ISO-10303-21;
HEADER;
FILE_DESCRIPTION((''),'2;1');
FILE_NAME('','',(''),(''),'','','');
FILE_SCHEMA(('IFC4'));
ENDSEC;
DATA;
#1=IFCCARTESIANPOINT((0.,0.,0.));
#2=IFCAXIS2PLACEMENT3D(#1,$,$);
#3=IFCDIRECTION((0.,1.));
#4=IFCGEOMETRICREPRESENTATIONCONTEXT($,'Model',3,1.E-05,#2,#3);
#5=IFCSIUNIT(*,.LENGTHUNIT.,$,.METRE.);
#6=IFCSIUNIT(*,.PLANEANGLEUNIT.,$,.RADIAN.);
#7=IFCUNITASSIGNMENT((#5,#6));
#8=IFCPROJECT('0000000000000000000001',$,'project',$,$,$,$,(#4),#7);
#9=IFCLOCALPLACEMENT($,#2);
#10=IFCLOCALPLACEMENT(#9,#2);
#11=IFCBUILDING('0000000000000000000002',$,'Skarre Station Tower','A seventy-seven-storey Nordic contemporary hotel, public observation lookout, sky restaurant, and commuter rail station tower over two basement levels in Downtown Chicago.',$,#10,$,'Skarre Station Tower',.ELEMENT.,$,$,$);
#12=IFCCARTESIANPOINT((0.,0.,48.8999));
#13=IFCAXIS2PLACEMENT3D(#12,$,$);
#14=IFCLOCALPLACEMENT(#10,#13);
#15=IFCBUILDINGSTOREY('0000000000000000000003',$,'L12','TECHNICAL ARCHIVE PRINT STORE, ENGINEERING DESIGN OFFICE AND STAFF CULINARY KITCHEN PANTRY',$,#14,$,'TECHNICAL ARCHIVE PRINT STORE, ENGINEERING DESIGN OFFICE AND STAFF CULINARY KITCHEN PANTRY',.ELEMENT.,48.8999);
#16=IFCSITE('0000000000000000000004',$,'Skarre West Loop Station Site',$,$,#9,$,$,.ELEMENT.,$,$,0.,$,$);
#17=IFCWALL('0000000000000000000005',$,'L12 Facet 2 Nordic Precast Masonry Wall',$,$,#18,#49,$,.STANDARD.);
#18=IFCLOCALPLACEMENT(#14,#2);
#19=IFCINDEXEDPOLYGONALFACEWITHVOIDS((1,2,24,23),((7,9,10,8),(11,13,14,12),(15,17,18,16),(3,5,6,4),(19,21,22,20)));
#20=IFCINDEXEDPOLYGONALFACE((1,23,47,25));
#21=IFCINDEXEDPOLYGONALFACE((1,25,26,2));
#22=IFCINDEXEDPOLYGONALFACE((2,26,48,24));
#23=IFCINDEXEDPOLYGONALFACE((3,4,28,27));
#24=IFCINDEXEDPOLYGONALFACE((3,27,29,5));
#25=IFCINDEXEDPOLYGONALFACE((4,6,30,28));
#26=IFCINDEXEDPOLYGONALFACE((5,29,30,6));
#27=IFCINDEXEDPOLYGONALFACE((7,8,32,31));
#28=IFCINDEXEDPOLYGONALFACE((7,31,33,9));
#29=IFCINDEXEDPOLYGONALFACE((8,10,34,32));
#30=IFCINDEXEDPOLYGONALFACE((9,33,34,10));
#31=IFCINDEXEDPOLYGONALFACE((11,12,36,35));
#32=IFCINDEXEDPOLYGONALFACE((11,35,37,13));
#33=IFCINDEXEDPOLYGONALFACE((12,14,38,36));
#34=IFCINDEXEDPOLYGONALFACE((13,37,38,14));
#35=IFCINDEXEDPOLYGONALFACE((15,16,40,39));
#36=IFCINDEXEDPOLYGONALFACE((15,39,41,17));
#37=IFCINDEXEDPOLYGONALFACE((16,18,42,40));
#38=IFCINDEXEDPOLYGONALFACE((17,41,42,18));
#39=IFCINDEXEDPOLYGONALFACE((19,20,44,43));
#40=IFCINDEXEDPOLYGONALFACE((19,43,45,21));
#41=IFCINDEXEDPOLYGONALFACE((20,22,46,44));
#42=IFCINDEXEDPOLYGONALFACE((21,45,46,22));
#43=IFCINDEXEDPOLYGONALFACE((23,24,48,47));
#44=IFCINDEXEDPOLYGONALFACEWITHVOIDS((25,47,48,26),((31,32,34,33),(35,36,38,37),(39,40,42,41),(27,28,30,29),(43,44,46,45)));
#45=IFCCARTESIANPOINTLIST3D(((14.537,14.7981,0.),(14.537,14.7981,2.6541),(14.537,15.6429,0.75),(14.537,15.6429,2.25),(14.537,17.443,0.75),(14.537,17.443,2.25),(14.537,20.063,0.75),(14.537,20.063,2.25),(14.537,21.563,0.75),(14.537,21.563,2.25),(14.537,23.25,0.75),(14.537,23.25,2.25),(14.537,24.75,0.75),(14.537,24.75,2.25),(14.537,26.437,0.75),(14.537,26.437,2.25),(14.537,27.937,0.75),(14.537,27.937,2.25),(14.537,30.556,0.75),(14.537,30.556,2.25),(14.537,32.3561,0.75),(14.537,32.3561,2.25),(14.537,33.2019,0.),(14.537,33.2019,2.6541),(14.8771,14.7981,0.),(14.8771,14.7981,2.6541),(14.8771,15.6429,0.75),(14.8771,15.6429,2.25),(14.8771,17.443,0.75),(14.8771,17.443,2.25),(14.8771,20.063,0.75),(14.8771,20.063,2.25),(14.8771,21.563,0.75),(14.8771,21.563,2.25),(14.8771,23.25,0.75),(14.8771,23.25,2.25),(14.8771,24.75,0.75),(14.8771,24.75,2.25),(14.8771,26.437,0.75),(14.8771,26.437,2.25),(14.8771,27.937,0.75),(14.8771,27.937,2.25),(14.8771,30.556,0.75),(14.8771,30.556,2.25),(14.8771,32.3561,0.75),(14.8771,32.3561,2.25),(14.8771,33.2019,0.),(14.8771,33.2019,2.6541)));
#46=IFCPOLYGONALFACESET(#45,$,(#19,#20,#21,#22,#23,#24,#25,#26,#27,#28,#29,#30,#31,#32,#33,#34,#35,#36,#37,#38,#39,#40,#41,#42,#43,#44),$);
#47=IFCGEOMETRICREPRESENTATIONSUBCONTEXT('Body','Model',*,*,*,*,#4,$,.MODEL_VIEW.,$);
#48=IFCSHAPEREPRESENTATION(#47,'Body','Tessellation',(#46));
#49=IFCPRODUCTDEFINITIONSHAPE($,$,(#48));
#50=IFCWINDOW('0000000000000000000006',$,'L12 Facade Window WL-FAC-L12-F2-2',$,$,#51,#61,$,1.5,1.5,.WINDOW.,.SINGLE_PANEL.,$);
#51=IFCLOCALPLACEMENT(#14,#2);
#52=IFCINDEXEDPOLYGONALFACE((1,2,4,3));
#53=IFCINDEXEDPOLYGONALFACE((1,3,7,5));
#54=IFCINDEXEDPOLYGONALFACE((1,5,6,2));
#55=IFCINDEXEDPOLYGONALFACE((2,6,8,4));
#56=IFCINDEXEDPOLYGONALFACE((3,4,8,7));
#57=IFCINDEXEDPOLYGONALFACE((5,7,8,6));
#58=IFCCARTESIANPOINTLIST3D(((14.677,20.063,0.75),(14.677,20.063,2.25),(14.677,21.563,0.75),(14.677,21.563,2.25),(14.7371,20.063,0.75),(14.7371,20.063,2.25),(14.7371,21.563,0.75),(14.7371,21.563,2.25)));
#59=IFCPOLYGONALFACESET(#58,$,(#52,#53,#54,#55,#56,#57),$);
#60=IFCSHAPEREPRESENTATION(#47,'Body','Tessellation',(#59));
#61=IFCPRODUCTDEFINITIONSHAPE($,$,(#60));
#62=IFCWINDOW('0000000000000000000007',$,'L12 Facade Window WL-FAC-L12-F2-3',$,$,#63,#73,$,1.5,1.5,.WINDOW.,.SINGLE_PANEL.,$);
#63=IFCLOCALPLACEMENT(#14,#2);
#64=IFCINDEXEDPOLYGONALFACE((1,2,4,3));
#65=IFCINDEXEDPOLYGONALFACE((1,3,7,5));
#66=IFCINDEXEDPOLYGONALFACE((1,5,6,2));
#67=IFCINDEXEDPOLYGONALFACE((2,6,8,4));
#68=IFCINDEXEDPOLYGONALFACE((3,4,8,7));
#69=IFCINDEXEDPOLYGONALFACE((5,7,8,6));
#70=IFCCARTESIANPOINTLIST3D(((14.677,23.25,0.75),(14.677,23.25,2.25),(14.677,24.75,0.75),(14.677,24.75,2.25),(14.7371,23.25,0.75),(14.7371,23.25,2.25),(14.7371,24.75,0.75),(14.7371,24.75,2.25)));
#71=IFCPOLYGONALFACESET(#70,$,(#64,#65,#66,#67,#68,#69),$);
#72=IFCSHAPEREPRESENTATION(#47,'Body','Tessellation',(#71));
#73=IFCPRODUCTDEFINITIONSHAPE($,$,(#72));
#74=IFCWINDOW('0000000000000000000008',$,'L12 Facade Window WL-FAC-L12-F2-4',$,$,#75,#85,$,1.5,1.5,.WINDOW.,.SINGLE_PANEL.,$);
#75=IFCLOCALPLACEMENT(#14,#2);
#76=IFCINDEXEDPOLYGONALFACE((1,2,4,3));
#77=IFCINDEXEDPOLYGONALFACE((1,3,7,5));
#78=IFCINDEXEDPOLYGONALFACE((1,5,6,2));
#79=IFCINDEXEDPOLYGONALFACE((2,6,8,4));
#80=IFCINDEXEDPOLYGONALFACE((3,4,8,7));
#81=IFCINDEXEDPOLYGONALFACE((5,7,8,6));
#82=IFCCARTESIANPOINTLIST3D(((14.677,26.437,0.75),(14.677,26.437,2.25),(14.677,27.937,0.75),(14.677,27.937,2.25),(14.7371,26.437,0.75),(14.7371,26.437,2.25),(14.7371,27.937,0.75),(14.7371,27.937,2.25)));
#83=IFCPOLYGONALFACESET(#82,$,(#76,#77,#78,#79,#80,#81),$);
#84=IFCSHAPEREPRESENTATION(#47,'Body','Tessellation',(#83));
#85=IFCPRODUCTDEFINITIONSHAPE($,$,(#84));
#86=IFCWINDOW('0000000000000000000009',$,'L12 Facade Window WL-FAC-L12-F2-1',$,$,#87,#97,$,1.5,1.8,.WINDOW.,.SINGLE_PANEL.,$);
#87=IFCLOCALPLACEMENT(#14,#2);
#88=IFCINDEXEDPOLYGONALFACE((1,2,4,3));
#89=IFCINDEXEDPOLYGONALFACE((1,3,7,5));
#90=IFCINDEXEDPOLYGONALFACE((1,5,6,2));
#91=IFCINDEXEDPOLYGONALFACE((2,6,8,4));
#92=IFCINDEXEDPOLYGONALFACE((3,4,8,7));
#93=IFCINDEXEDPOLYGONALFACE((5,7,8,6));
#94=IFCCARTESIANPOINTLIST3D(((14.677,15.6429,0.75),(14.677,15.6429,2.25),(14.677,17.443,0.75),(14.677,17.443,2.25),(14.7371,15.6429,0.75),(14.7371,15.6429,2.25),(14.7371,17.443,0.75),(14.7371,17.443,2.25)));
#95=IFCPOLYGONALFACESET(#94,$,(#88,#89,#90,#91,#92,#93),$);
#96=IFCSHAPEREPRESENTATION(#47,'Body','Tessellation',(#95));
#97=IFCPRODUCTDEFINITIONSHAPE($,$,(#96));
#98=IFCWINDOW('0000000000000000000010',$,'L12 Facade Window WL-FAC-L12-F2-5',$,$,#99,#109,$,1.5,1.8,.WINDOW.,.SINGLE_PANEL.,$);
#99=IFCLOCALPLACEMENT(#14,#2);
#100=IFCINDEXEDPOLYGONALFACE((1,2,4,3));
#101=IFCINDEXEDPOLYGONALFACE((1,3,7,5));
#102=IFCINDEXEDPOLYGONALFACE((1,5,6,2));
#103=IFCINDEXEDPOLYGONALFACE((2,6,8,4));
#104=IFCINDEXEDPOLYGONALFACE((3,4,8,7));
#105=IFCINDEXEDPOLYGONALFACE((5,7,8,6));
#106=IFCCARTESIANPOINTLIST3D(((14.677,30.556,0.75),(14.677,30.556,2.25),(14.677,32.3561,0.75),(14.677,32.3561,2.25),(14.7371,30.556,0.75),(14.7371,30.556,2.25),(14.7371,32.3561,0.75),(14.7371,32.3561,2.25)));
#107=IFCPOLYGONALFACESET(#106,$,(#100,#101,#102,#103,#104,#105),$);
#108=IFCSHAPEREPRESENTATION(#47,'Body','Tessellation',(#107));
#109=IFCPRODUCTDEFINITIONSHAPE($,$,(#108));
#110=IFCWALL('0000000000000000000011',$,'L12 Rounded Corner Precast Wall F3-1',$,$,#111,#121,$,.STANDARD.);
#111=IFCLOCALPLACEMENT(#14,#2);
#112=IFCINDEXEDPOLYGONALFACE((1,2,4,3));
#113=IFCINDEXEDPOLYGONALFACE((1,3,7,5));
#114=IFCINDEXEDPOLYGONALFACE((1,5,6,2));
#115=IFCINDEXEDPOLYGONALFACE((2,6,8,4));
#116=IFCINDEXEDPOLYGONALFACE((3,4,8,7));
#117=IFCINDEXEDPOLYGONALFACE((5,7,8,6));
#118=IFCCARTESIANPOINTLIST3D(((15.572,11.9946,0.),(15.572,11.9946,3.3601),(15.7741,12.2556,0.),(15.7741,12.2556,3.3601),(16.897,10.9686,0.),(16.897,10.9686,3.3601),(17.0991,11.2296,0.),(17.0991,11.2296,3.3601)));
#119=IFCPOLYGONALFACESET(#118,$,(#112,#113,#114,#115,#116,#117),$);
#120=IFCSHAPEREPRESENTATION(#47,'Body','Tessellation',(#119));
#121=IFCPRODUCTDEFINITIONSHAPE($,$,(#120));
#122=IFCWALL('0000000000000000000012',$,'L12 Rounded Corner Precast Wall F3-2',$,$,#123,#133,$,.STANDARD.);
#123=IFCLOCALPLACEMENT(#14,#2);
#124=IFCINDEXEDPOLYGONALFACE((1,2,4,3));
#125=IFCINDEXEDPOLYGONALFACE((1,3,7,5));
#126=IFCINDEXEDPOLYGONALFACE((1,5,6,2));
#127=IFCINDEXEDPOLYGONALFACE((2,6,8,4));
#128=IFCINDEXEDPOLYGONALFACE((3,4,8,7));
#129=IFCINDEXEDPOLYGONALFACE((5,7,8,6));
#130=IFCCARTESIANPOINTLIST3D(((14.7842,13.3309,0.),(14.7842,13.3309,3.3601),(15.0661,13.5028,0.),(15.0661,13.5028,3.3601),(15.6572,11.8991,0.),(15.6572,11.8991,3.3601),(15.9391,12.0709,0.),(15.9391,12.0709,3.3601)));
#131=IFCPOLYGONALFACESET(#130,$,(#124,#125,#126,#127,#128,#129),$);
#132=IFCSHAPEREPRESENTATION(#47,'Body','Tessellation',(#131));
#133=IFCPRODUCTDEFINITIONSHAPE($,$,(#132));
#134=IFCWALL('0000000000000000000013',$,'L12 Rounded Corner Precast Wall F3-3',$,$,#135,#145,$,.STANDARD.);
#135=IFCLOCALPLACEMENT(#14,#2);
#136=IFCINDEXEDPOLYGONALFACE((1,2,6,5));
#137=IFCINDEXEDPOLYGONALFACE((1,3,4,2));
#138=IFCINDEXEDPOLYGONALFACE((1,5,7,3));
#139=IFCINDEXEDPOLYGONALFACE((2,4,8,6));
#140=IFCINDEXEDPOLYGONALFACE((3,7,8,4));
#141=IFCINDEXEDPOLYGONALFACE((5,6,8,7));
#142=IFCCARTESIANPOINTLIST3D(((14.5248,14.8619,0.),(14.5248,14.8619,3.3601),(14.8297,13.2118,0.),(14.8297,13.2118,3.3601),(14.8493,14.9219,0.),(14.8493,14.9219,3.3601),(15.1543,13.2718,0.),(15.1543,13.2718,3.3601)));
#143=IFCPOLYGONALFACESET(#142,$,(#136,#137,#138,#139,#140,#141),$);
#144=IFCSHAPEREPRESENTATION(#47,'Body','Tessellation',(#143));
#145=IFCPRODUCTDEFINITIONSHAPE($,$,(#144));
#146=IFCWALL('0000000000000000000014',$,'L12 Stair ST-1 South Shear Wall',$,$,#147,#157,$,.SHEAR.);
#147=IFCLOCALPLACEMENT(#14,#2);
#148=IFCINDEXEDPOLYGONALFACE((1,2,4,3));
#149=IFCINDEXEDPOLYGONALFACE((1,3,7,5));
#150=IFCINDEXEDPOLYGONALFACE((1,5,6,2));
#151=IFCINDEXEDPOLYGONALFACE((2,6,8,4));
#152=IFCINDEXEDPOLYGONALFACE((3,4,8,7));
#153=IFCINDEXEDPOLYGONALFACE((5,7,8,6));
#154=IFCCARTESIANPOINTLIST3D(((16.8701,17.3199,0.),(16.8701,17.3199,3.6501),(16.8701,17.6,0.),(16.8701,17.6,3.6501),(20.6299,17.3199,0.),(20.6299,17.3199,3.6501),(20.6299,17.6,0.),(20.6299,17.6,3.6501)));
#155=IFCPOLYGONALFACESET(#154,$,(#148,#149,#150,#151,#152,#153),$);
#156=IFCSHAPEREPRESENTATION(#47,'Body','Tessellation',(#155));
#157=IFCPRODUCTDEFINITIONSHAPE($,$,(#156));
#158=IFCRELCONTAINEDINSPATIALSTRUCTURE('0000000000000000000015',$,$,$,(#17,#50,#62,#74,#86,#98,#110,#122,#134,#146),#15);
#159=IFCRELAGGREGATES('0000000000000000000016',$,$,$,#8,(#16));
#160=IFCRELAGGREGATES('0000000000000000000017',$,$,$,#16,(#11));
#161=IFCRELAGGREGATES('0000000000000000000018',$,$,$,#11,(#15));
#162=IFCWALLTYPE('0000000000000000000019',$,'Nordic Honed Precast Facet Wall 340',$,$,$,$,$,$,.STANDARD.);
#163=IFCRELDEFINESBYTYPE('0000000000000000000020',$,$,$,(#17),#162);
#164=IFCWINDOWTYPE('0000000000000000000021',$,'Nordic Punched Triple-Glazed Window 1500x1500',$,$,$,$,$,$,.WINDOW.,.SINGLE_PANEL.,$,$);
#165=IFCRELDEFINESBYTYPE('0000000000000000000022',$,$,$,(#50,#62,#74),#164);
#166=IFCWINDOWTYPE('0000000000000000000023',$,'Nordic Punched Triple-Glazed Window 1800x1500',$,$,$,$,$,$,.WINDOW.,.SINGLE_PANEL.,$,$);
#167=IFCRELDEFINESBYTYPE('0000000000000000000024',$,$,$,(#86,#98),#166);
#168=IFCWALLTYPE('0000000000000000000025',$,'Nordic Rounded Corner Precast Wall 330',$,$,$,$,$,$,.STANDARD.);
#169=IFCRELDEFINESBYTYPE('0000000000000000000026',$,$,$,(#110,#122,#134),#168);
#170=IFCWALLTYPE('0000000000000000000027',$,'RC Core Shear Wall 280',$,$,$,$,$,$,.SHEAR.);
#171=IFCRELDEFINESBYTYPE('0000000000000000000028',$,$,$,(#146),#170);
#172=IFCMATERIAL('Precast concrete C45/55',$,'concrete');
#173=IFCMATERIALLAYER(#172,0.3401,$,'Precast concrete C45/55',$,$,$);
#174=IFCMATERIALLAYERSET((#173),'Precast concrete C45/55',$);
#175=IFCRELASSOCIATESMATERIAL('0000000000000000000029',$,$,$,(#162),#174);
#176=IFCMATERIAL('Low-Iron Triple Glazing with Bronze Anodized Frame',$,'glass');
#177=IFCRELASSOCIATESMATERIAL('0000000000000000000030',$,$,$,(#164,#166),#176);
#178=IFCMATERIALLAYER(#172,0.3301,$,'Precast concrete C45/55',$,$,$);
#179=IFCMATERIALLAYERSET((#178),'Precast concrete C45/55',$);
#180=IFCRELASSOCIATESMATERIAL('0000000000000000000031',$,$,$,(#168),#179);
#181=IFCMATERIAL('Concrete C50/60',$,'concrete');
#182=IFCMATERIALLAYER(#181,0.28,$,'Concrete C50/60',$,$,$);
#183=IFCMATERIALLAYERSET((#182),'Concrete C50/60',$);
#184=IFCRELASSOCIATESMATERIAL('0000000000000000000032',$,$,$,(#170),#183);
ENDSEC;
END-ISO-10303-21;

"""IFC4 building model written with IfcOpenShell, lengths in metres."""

from ifc_helpers import new_model, si_unit, direction, frame, frame_2d, origin, place, context, subcontext, project, spatial, rectangle, extrude, material, layer, layer_set, type_object, element, fill, save


model = new_model("IFC4")

# Units and contexts
model_context = context("Model", 3, precision=1e-05, world=origin(), true_north=direction((0.0, 1.0)))
body_context = subcontext(model_context, "Body", "Model", "MODEL_VIEW")
ifc_project = project(units=[si_unit("LENGTHUNIT", "METRE"), si_unit("PLANEANGLEUNIT", "RADIAN")], contexts=[model_context])

# Site, building, storey
site_placement = place(None, origin())
site = spatial("IfcSite", under=ifc_project, at=site_placement, Name="Skarre West Loop Station Site", CompositionType="ELEMENT", RefElevation=0.0)
building_placement = place(site_placement, origin())
building = spatial("IfcBuilding", under=site, at=building_placement, Name="Skarre Station Tower", Description="A seventy-seven-storey Nordic contemporary hotel, public observation lookout, sky restaurant, and commuter rail station tower over two basement levels in Downtown Chicago.", LongName="Skarre Station Tower", CompositionType="ELEMENT")
storey_placement = place(building_placement, frame((0.0, 0.0, 48.8999)))
storey = spatial("IfcBuildingStorey", under=building, at=storey_placement, Name="L12", Description="TECHNICAL ARCHIVE PRINT STORE, ENGINEERING DESIGN OFFICE AND STAFF CULINARY KITCHEN PANTRY", LongName="TECHNICAL ARCHIVE PRINT STORE, ENGINEERING DESIGN OFFICE AND STAFF CULINARY KITCHEN PANTRY", CompositionType="ELEMENT", Elevation=48.8999)

# Shared definitions
ifc_material_1 = material(Name="Concrete C50/60", Category="concrete")

# Wall, openings, windows
ifc_material_2 = material(Name="Precast concrete C45/55", Category="concrete")
ifc_layer_1 = layer(ifc_material_2, 0.3401, Name="Precast concrete C45/55")
ifc_layer_set_1 = layer_set([ifc_layer_1], Name="Precast concrete C45/55")
wall_type_1 = type_object("IfcWallType", Name="Nordic Honed Precast Facet Wall 340", PredefinedType="STANDARD", material=ifc_layer_set_1)
wall_1_placement = place(storey_placement, frame((14.707, 14.7981, 0.0), z_axis=(0.0, 0.0, 1.0), x_axis=(0.0, 1.0, 0.0)))
wall_1 = element("IfcWall", 1, at=wall_1_placement, inside=storey, type_object=wall_type_1, Name="L12 Facet 2 Nordic Precast Masonry Wall", PredefinedType="STANDARD", context=body_context, shape_type="SweptSolid", body=[
    extrude(rectangle(XDim=18.4038, YDim=0.3401, at=frame_2d((9.2019, 0.0))), origin(), (0.0, 0.0, 1.0), 2.6541),
])
opening_1_placement = place(wall_1_placement, frame((0.845, 0.0, 0.75)))
opening_1 = element("IfcOpeningElement", 2, at=opening_1_placement, cuts=wall_1, PredefinedType="OPENING", context=body_context, shape_type="SweptSolid", body=[
    extrude(rectangle(XDim=1.8, YDim=1.5, at=frame_2d((0.8999, 0.75))), frame((0.0, 0.1799, 0.0), z_axis=(0.0, -1.0, 0.0), x_axis=(1.0, 0.0, 0.0)), (0.0, 0.0, 1.0), 0.3601),
])
opening_2_placement = place(wall_1_placement, frame((5.2649, 0.0, 0.75)))
opening_2 = element("IfcOpeningElement", 3, at=opening_2_placement, cuts=wall_1, PredefinedType="OPENING", context=body_context, shape_type="SweptSolid", body=[
    extrude(rectangle(XDim=1.5, YDim=1.5, at=frame_2d((0.75, 0.75))), frame((0.0, 0.1799, 0.0), z_axis=(0.0, -1.0, 0.0), x_axis=(1.0, 0.0, 0.0)), (0.0, 0.0, 1.0), 0.3601),
])
opening_3_placement = place(wall_1_placement, frame((8.4519, 0.0, 0.75)))
opening_3 = element("IfcOpeningElement", 4, at=opening_3_placement, cuts=wall_1, PredefinedType="OPENING", context=body_context, shape_type="SweptSolid", body=[
    extrude(rectangle(XDim=1.5, YDim=1.5, at=frame_2d((0.75, 0.75))), frame((0.0, 0.1799, 0.0), z_axis=(0.0, -1.0, 0.0), x_axis=(1.0, 0.0, 0.0)), (0.0, 0.0, 1.0), 0.3601),
])
opening_4_placement = place(wall_1_placement, frame((11.6389, 0.0, 0.75)))
opening_4 = element("IfcOpeningElement", 5, at=opening_4_placement, cuts=wall_1, PredefinedType="OPENING", context=body_context, shape_type="SweptSolid", body=[
    extrude(rectangle(XDim=1.5, YDim=1.5, at=frame_2d((0.75, 0.75))), frame((0.0, 0.1799, 0.0), z_axis=(0.0, -1.0, 0.0), x_axis=(1.0, 0.0, 0.0)), (0.0, 0.0, 1.0), 0.3601),
])
opening_5_placement = place(wall_1_placement, frame((15.7581, 0.0, 0.75)))
opening_5 = element("IfcOpeningElement", 6, at=opening_5_placement, cuts=wall_1, PredefinedType="OPENING", context=body_context, shape_type="SweptSolid", body=[
    extrude(rectangle(XDim=1.8, YDim=1.5, at=frame_2d((0.8999, 0.75))), frame((0.0, 0.1799, 0.0), z_axis=(0.0, -1.0, 0.0), x_axis=(1.0, 0.0, 0.0)), (0.0, 0.0, 1.0), 0.3601),
])
ifc_material_3 = material(Name="Low-Iron Triple Glazing with Bronze Anodized Frame", Category="glass")
window_type_1 = type_object("IfcWindowType", Name="Nordic Punched Triple-Glazed Window 1500x1500", PartitioningType="SINGLE_PANEL", PredefinedType="WINDOW", material=ifc_material_3)
window_1_placement = place(opening_2_placement, origin())
window_1 = element("IfcWindow", 7, at=window_1_placement, inside=storey, type_object=window_type_1, Name="L12 Facade Window WL-FAC-L12-F2-2", OverallHeight=1.5, OverallWidth=1.5, PartitioningType="SINGLE_PANEL", PredefinedType="WINDOW", context=body_context, shape_type="SweptSolid", body=[
    extrude(rectangle(XDim=1.5, YDim=1.5, at=frame_2d((0.75, 0.75))), frame((0.0, 0.03, 0.0), z_axis=(0.0, -1.0, 0.0), x_axis=(1.0, 0.0, 0.0)), (0.0, 0.0, 1.0), 0.0601),
])
fill(opening_2, window_1)
window_2_placement = place(opening_3_placement, origin())
window_2 = element("IfcWindow", 8, at=window_2_placement, inside=storey, type_object=window_type_1, Name="L12 Facade Window WL-FAC-L12-F2-3", OverallHeight=1.5, OverallWidth=1.5, PartitioningType="SINGLE_PANEL", PredefinedType="WINDOW", context=body_context, shape_type="SweptSolid", body=[
    extrude(rectangle(XDim=1.5, YDim=1.5, at=frame_2d((0.75, 0.75))), frame((0.0, 0.03, 0.0), z_axis=(0.0, -1.0, 0.0), x_axis=(1.0, 0.0, 0.0)), (0.0, 0.0, 1.0), 0.0601),
])
fill(opening_3, window_2)
window_3_placement = place(opening_4_placement, origin())
window_3 = element("IfcWindow", 9, at=window_3_placement, inside=storey, type_object=window_type_1, Name="L12 Facade Window WL-FAC-L12-F2-4", OverallHeight=1.5, OverallWidth=1.5, PartitioningType="SINGLE_PANEL", PredefinedType="WINDOW", context=body_context, shape_type="SweptSolid", body=[
    extrude(rectangle(XDim=1.5, YDim=1.5, at=frame_2d((0.75, 0.75))), frame((0.0, 0.03, 0.0), z_axis=(0.0, -1.0, 0.0), x_axis=(1.0, 0.0, 0.0)), (0.0, 0.0, 1.0), 0.0601),
])
fill(opening_4, window_3)
window_type_2 = type_object("IfcWindowType", Name="Nordic Punched Triple-Glazed Window 1800x1500", PartitioningType="SINGLE_PANEL", PredefinedType="WINDOW", material=ifc_material_3)
window_4_placement = place(opening_1_placement, origin())
window_4 = element("IfcWindow", 10, at=window_4_placement, inside=storey, type_object=window_type_2, Name="L12 Facade Window WL-FAC-L12-F2-1", OverallHeight=1.5, OverallWidth=1.8, PartitioningType="SINGLE_PANEL", PredefinedType="WINDOW", context=body_context, shape_type="SweptSolid", body=[
    extrude(rectangle(XDim=1.8, YDim=1.5, at=frame_2d((0.8999, 0.75))), frame((0.0, 0.03, 0.0), z_axis=(0.0, -1.0, 0.0), x_axis=(1.0, 0.0, 0.0)), (0.0, 0.0, 1.0), 0.0601),
])
fill(opening_1, window_4)
window_5_placement = place(opening_5_placement, origin())
window_5 = element("IfcWindow", 11, at=window_5_placement, inside=storey, type_object=window_type_2, Name="L12 Facade Window WL-FAC-L12-F2-5", OverallHeight=1.5, OverallWidth=1.8, PartitioningType="SINGLE_PANEL", PredefinedType="WINDOW", context=body_context, shape_type="SweptSolid", body=[
    extrude(rectangle(XDim=1.8, YDim=1.5, at=frame_2d((0.8999, 0.75))), frame((0.0, 0.03, 0.0), z_axis=(0.0, -1.0, 0.0), x_axis=(1.0, 0.0, 0.0)), (0.0, 0.0, 1.0), 0.0601),
])
fill(opening_5, window_5)

# Walls
ifc_layer_2 = layer(ifc_material_2, 0.3301, Name="Precast concrete C45/55")
ifc_layer_set_2 = layer_set([ifc_layer_2], Name="Precast concrete C45/55")
wall_type_2 = type_object("IfcWallType", Name="Nordic Rounded Corner Precast Wall 330", PredefinedType="STANDARD", material=ifc_layer_set_2)
wall_2_placement = place(storey_placement, frame((16.998, 11.0991, 0.0), z_axis=(0.0, 0.0, 1.0), x_axis=(-0.790692, 0.612214, 0.0)))
element("IfcWall", 12, at=wall_2_placement, inside=storey, type_object=wall_type_2, Name="L12 Rounded Corner Precast Wall F3-1", PredefinedType="STANDARD", context=body_context, shape_type="SweptSolid", body=[
    extrude(rectangle(XDim=1.6758, YDim=0.3301, at=frame_2d((0.8379, 0.0))), origin(), (0.0, 0.0, 1.0), 3.3601),
])
wall_3_placement = place(storey_placement, frame((15.7981, 11.9851, 0.0), z_axis=(0.0, 0.0, 1.0), x_axis=(-0.520584, 0.85381, 0.0)))
element("IfcWall", 13, at=wall_3_placement, inside=storey, type_object=wall_type_2, Name="L12 Rounded Corner Precast Wall F3-2", PredefinedType="STANDARD", context=body_context, shape_type="SweptSolid", body=[
    extrude(rectangle(XDim=1.677, YDim=0.3301, at=frame_2d((0.8384, 0.0))), origin(), (0.0, 0.0, 1.0), 3.3601),
])
wall_4_placement = place(storey_placement, frame((14.9919, 13.2419, 0.0), z_axis=(0.0, 0.0, 1.0), x_axis=(-0.181714, 0.983351, 0.0)))
element("IfcWall", 14, at=wall_4_placement, inside=storey, type_object=wall_type_2, Name="L12 Rounded Corner Precast Wall F3-3", PredefinedType="STANDARD", context=body_context, shape_type="SweptSolid", body=[
    extrude(rectangle(XDim=1.678, YDim=0.3301, at=frame_2d((0.8389, 0.0))), origin(), (0.0, 0.0, 1.0), 3.3601),
])
ifc_layer_3 = layer(ifc_material_1, 0.28, Name="Concrete C50/60")
ifc_layer_set_3 = layer_set([ifc_layer_3], Name="Concrete C50/60")
wall_type_3 = type_object("IfcWallType", Name="RC Core Shear Wall 280", PredefinedType="SHEAR", material=ifc_layer_set_3)
wall_5_placement = place(storey_placement, frame((16.8701, 17.46, 0.0), z_axis=(0.0, 0.0, 1.0), x_axis=(1.0, 0.0, 0.0)))
element("IfcWall", 15, at=wall_5_placement, inside=storey, type_object=wall_type_3, Name="L12 Stair ST-1 South Shear Wall", PredefinedType="SHEAR", context=body_context, shape_type="SweptSolid", body=[
    extrude(rectangle(XDim=3.7598, YDim=0.28, at=frame_2d((1.8799, 0.0))), origin(), (0.0, 0.0, 1.0), 3.6501),
])

save(model, "model.ifc")
